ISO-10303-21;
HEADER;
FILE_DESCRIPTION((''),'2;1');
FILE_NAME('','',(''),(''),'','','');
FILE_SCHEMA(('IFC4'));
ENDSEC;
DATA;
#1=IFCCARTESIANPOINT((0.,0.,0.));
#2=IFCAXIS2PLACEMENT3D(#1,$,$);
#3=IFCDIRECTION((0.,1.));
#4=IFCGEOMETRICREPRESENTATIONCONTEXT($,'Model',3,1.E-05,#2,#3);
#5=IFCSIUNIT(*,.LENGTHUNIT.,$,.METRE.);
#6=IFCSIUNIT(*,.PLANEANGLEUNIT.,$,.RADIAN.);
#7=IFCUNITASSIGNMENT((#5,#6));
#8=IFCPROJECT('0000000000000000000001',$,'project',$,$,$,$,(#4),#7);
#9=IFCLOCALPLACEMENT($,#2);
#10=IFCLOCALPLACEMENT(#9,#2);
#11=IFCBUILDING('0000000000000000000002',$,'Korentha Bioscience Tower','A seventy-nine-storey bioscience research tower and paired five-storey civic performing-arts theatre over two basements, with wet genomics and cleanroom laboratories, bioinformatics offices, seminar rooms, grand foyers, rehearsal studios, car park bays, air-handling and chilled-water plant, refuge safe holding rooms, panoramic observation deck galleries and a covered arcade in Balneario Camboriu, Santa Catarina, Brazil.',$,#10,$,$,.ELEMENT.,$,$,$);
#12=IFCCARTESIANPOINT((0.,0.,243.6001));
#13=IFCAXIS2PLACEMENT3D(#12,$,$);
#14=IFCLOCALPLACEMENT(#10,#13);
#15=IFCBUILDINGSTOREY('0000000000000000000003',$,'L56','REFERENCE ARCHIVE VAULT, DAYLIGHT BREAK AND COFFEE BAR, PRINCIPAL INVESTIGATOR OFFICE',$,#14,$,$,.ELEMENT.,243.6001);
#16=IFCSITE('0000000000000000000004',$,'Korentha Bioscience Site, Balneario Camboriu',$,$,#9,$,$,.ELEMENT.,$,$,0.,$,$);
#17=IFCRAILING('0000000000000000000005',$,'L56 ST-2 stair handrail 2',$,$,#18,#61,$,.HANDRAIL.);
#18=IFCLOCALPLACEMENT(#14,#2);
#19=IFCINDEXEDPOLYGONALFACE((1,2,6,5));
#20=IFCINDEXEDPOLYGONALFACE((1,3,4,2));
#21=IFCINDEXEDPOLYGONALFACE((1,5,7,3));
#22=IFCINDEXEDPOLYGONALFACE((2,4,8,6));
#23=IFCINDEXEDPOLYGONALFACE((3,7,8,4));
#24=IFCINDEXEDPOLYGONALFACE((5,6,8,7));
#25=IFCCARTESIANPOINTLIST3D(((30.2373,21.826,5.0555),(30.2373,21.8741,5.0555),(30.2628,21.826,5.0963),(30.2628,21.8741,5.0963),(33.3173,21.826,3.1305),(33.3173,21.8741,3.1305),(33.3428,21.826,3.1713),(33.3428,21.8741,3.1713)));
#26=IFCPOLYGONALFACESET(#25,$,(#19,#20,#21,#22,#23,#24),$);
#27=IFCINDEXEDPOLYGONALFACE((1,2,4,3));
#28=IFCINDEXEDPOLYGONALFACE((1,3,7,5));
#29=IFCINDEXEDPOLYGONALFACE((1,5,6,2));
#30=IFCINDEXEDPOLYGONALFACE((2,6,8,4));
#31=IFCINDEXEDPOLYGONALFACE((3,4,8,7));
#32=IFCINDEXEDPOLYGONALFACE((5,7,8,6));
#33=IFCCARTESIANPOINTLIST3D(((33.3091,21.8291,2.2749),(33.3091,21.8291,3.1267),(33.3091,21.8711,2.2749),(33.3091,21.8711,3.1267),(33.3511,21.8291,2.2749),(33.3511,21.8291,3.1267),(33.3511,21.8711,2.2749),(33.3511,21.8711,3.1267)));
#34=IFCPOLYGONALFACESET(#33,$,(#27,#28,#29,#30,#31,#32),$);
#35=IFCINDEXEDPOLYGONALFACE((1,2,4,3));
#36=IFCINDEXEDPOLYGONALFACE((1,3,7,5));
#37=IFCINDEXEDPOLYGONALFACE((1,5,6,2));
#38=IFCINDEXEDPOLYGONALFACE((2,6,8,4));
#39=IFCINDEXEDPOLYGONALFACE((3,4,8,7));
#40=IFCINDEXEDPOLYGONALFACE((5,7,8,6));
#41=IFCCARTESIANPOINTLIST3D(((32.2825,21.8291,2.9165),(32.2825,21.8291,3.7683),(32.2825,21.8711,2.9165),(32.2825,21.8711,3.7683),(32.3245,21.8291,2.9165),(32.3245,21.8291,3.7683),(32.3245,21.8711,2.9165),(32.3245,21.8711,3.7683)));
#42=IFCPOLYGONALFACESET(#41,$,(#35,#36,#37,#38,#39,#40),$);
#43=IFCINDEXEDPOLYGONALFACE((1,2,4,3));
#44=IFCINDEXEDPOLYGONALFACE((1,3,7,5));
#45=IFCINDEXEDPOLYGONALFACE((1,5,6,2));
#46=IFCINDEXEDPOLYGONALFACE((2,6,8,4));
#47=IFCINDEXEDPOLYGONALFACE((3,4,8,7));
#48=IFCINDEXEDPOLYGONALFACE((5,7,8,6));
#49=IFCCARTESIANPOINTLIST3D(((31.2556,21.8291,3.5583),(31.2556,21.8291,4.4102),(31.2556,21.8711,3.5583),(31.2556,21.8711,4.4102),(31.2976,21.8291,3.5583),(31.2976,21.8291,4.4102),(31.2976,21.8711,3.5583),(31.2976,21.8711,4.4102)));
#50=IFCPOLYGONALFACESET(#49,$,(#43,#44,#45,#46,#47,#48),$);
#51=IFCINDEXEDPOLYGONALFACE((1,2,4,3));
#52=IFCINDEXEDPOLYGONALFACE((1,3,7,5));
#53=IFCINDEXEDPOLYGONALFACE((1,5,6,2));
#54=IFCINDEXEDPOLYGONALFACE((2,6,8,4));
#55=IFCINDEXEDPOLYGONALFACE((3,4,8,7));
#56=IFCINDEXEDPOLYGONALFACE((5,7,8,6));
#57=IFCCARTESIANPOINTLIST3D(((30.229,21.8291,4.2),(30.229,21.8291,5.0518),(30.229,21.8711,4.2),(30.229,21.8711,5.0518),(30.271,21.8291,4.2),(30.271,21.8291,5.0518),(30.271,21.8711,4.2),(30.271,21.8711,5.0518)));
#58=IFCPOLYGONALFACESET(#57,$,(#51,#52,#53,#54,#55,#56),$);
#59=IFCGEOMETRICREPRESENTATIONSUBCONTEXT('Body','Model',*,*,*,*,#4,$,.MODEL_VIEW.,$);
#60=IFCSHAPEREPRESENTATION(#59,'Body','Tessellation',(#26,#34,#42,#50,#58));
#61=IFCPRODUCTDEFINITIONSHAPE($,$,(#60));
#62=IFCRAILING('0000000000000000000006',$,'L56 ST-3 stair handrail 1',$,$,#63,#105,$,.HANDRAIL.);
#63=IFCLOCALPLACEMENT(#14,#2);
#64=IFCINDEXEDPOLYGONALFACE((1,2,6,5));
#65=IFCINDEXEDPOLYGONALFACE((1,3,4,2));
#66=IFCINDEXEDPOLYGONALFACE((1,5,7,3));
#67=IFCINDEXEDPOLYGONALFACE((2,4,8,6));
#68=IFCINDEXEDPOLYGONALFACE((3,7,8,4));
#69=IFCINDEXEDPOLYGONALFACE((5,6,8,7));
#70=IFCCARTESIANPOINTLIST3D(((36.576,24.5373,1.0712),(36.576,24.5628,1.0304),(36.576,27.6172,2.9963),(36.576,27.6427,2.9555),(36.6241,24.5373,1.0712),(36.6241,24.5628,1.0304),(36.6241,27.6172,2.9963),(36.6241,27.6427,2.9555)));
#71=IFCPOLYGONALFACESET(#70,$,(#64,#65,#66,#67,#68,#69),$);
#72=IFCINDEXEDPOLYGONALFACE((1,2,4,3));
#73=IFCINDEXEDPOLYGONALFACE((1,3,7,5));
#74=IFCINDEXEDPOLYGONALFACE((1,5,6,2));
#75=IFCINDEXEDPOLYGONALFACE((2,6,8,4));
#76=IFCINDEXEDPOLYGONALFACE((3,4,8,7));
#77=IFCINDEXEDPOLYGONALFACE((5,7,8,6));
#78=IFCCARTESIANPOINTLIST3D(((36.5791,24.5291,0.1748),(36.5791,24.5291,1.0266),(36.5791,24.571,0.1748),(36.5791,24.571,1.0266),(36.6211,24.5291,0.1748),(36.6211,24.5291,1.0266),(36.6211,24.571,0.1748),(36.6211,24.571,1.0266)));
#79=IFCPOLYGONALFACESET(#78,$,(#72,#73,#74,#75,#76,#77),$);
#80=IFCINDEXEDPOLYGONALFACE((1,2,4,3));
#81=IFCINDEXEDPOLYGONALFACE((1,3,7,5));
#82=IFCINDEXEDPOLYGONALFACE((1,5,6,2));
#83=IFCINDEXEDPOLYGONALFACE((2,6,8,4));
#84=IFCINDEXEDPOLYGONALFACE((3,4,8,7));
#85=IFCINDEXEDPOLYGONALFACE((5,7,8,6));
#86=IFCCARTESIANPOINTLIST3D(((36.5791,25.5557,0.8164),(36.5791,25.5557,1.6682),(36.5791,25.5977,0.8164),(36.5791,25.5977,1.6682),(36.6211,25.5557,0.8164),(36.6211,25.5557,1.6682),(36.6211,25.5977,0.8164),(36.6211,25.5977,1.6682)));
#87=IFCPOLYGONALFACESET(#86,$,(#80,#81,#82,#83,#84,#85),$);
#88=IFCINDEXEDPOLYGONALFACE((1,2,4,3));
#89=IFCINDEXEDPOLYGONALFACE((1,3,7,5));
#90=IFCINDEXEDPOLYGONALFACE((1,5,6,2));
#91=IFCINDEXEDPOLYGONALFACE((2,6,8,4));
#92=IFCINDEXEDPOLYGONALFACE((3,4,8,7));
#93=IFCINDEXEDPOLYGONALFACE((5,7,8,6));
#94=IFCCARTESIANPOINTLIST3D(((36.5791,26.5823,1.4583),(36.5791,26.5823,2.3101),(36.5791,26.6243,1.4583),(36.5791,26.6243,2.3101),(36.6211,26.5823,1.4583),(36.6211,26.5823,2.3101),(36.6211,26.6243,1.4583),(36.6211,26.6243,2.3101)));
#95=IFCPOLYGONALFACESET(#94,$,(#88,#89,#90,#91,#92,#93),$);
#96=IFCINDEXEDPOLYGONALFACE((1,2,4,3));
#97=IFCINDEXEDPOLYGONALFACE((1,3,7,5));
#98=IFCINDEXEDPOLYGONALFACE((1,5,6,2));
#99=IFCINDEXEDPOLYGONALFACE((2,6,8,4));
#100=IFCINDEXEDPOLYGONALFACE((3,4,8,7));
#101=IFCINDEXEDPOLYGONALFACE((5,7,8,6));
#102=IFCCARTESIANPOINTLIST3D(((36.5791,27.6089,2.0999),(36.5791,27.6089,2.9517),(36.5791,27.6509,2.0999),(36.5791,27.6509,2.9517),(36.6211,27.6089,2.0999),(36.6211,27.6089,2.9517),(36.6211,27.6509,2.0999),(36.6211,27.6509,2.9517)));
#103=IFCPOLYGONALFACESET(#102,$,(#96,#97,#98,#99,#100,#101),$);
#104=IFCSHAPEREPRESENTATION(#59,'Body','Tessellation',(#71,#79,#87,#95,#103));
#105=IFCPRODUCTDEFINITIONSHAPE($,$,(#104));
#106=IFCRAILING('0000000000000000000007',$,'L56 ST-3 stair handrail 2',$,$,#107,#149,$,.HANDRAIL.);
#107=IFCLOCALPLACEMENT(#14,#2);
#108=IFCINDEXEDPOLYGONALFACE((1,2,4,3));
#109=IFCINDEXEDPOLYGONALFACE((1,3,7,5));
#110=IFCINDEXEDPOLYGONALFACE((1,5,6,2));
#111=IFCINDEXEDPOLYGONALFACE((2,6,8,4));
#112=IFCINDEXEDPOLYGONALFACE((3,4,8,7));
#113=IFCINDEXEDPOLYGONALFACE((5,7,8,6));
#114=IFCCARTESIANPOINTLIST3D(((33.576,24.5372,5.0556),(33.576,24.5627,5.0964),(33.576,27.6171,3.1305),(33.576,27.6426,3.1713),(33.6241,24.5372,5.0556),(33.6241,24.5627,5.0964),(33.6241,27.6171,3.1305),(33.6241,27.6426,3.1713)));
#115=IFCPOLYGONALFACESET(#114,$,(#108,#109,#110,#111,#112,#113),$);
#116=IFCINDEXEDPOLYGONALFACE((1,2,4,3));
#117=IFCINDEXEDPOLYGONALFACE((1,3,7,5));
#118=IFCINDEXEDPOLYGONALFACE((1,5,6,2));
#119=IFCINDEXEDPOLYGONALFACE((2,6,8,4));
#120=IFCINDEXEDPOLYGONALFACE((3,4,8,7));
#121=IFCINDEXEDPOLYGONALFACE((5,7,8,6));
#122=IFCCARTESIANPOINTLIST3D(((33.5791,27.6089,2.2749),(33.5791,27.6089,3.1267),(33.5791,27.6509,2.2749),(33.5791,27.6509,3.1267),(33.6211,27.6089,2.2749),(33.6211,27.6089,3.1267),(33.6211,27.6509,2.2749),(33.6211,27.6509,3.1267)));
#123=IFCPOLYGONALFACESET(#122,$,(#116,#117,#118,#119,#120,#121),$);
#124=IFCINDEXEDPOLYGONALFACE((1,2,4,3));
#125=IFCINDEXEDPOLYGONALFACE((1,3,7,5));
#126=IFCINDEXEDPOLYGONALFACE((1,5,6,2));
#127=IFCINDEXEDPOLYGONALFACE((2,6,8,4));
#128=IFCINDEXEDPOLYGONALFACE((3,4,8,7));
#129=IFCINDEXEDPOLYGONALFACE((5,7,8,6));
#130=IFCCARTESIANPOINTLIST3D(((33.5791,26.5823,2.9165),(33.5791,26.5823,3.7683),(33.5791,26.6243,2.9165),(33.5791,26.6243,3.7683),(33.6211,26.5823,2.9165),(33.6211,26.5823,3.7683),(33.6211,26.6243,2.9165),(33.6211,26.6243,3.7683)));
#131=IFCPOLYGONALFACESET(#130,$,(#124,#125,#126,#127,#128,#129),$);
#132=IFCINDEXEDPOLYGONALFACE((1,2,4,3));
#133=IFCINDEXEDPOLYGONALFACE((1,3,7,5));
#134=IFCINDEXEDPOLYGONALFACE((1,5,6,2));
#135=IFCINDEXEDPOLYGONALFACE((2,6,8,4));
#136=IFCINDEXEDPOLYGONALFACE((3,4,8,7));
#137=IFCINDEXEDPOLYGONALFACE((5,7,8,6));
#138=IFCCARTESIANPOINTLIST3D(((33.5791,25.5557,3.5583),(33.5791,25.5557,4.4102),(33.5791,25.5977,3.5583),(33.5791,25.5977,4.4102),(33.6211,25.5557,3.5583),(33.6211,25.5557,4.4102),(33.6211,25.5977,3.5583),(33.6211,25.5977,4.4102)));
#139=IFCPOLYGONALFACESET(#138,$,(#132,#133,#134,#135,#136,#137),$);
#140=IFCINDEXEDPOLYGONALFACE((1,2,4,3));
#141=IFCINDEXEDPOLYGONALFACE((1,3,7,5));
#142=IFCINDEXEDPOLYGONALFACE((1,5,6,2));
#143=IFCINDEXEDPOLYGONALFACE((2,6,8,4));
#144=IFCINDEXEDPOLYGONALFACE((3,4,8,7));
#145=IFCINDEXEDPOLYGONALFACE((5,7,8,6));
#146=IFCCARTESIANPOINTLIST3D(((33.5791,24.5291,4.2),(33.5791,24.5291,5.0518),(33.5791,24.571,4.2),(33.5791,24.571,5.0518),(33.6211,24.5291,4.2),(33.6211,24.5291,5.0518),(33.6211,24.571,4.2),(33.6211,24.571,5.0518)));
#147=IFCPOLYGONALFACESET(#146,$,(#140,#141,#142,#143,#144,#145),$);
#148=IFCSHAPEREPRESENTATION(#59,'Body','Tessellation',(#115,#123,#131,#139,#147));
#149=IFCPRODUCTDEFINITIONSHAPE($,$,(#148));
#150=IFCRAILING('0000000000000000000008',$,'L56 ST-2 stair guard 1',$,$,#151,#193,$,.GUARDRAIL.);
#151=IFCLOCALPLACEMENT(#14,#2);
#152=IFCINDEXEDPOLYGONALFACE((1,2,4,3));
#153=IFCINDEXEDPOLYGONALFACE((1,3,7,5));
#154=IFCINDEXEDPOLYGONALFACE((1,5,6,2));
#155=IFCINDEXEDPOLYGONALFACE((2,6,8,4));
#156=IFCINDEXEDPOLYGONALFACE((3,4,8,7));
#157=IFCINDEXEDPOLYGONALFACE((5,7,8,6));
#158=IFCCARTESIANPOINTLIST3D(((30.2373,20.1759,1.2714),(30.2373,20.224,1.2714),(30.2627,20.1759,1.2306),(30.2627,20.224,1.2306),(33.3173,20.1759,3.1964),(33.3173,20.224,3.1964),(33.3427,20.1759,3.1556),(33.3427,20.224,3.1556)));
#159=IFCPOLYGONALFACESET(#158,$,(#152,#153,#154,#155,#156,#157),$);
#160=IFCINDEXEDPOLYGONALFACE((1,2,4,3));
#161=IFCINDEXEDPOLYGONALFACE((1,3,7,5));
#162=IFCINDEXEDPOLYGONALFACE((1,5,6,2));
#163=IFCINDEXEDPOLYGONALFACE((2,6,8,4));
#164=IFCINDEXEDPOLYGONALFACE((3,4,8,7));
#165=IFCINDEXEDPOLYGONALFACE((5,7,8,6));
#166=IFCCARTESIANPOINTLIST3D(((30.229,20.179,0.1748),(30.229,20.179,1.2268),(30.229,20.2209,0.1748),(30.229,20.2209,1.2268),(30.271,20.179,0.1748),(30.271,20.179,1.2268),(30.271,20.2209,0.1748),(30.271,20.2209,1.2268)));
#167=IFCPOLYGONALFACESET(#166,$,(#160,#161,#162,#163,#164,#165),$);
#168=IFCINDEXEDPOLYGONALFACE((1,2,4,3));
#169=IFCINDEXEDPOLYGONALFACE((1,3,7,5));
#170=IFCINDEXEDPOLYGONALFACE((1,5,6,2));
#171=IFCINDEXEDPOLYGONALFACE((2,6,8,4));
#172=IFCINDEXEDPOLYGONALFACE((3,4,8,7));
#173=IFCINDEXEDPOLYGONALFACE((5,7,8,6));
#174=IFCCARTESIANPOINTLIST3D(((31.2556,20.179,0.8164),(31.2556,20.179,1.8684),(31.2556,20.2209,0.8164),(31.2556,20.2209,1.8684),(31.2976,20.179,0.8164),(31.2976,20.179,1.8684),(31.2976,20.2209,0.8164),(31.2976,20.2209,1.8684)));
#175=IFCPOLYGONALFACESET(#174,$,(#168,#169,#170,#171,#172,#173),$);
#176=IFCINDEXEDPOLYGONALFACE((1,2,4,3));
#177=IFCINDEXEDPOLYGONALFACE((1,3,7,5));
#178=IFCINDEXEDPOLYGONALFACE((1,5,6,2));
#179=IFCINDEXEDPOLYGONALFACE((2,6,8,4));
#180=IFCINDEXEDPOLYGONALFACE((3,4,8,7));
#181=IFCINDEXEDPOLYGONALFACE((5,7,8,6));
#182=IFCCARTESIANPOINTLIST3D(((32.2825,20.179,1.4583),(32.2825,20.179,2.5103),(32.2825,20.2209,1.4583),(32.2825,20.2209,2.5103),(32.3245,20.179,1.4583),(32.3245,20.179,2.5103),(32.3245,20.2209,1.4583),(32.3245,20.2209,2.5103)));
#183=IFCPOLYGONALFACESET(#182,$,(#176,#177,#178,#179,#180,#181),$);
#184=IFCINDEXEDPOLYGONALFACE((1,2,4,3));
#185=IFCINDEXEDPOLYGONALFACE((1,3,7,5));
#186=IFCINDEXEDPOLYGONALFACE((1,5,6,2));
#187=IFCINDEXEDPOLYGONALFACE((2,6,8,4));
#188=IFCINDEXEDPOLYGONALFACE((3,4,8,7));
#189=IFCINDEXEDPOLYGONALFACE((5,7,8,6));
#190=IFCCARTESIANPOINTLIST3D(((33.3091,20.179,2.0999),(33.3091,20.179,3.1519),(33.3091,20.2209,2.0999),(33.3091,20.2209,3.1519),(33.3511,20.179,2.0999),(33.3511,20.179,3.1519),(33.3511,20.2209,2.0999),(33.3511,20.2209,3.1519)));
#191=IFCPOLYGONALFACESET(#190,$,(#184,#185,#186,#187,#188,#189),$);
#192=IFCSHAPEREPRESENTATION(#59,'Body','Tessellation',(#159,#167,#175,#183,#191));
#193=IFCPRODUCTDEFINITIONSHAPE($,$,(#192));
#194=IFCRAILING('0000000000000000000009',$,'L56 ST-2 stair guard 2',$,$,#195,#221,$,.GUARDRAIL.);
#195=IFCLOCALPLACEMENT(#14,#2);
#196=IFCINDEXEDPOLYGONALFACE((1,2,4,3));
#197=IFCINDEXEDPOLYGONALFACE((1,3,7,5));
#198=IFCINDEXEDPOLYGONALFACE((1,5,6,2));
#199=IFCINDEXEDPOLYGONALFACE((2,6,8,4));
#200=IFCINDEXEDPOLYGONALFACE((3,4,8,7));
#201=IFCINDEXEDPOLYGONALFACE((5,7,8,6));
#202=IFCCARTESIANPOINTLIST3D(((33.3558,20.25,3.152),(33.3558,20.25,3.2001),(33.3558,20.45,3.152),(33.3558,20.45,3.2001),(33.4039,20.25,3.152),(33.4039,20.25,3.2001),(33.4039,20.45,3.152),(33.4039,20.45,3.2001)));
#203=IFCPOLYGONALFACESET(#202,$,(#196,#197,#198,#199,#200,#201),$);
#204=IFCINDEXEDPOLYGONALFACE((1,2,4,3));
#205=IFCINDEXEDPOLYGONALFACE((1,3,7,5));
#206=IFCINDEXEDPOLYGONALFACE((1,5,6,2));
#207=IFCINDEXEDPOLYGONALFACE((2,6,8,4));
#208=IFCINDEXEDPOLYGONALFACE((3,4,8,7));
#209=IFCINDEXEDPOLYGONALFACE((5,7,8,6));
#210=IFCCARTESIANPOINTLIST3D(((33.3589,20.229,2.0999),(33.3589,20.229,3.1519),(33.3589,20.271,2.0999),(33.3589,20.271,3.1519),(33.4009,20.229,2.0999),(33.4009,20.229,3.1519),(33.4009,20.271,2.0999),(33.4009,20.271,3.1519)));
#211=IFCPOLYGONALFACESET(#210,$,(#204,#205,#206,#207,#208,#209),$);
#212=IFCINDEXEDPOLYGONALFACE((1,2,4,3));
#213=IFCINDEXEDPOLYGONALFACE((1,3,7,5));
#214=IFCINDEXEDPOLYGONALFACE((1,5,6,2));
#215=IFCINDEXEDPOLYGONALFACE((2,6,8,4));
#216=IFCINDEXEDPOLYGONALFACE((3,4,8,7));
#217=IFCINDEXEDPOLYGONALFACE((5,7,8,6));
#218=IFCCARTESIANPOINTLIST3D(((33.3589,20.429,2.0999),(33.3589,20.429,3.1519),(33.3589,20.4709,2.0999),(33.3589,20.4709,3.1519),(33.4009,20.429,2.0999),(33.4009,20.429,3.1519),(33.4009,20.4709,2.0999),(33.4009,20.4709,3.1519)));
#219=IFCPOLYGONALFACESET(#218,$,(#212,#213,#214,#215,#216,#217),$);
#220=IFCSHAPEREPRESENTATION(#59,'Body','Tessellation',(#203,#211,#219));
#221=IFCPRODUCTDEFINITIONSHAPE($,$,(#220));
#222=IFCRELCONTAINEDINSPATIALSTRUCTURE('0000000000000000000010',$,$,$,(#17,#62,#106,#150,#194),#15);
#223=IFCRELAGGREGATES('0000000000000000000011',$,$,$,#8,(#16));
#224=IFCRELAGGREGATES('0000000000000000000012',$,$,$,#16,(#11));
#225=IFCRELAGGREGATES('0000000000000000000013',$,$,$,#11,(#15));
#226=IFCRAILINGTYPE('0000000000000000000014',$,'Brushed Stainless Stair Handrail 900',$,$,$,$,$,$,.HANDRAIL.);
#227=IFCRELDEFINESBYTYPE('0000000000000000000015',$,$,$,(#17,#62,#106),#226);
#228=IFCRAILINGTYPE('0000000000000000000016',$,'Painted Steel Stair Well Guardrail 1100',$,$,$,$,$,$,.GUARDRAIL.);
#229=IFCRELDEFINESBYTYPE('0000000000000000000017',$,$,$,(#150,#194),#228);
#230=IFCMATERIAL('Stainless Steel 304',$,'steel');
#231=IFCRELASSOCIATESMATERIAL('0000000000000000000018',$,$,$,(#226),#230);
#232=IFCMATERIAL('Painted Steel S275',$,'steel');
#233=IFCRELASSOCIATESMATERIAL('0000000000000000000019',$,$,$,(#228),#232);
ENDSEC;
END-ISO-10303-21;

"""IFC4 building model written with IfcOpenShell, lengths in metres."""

from ifc_helpers import new_model, si_unit, direction, frame, origin, origin_2d, place, context, subcontext, project, spatial, rectangle, extrude, material, type_object, element, save


model = new_model("IFC4")

# Units and contexts
model_context = context("Model", 3, precision=1e-05, world=origin(), true_north=direction((0.0, 1.0)))
body_context = subcontext(model_context, "Body", "Model", "MODEL_VIEW")
ifc_project = project(units=[si_unit("LENGTHUNIT", "METRE"), si_unit("PLANEANGLEUNIT", "RADIAN")], contexts=[model_context])

# Site, building, storey
site_placement = place(None, origin())
site = spatial("IfcSite", under=ifc_project, at=site_placement, Name="Korentha Bioscience Site, Balneario Camboriu", CompositionType="ELEMENT", RefElevation=0.0)
building_placement = place(site_placement, origin())
building = spatial("IfcBuilding", under=site, at=building_placement, Name="Korentha Bioscience Tower", Description="A seventy-nine-storey bioscience research tower and paired five-storey civic performing-arts theatre over two basements, with wet genomics and cleanroom laboratories, bioinformatics offices, seminar rooms, grand foyers, rehearsal studios, car park bays, air-handling and chilled-water plant, refuge safe holding rooms, panoramic observation deck galleries and a covered arcade in Balneario Camboriu, Santa Catarina, Brazil.", CompositionType="ELEMENT")
storey_placement = place(building_placement, frame((0.0, 0.0, 243.6001)))
storey = spatial("IfcBuildingStorey", under=building, at=storey_placement, Name="L56", Description="REFERENCE ARCHIVE VAULT, DAYLIGHT BREAK AND COFFEE BAR, PRINCIPAL INVESTIGATOR OFFICE", CompositionType="ELEMENT", Elevation=243.6001)

# Railings
ifc_material_1 = material(Name="Stainless Steel 304", Category="steel")
railing_type_1 = type_object("IfcRailingType", Name="Brushed Stainless Stair Handrail 900", PredefinedType="HANDRAIL", material=ifc_material_1)
railing_1_placement = place(storey_placement, frame((33.3301, 21.8501, 2.2749)))
element("IfcRailing", 1, at=railing_1_placement, inside=storey, type_object=railing_type_1, Name="L56 ST-2 stair handrail 2", PredefinedType="HANDRAIL", context=body_context, shape_type="SweptSolid", body=[
    extrude(rectangle(XDim=0.0481, YDim=0.0481, at=origin_2d()), frame((0.0, 0.0, 0.876), z_axis=(-0.847998, 0.0, 0.529999), x_axis=(0.0, -1.0, 0.0)), (0.0, 0.0, 1.0), 3.6321),
    extrude(rectangle(XDim=0.042, YDim=0.042, at=origin_2d()), origin(), (0.0, 0.0, 1.0), 0.8518),
    extrude(rectangle(XDim=0.042, YDim=0.042, at=origin_2d()), frame((-1.0266, 0.0, 0.6416)), (0.0, 0.0, 1.0), 0.8518),
    extrude(rectangle(XDim=0.042, YDim=0.042, at=origin_2d()), frame((-2.0535, 0.0, 1.2834)), (0.0, 0.0, 1.0), 0.8518),
    extrude(rectangle(XDim=0.042, YDim=0.042, at=origin_2d()), frame((-3.0801, 0.0, 1.925)), (0.0, 0.0, 1.0), 0.8518),
])
railing_2_placement = place(storey_placement, frame((36.6001, 24.55, 0.1748)))
element("IfcRailing", 2, at=railing_2_placement, inside=storey, type_object=railing_type_1, Name="L56 ST-3 stair handrail 1", PredefinedType="HANDRAIL", context=body_context, shape_type="SweptSolid", body=[
    extrude(rectangle(XDim=0.0481, YDim=0.0481, at=origin_2d()), frame((0.0, 0.0, 0.876), z_axis=(0.0, 0.847979, 0.530029), x_axis=(-1.0, 0.0, 0.0)), (0.0, 0.0, 1.0), 3.6321),
    extrude(rectangle(XDim=0.042, YDim=0.042, at=origin_2d()), origin(), (0.0, 0.0, 1.0), 0.8518),
    extrude(rectangle(XDim=0.042, YDim=0.042, at=origin_2d()), frame((0.0, 1.0266, 0.6416)), (0.0, 0.0, 1.0), 0.8518),
    extrude(rectangle(XDim=0.042, YDim=0.042, at=origin_2d()), frame((0.0, 2.0532, 1.2834)), (0.0, 0.0, 1.0), 0.8518),
    extrude(rectangle(XDim=0.042, YDim=0.042, at=origin_2d()), frame((0.0, 3.0798, 1.925)), (0.0, 0.0, 1.0), 0.8518),
])
railing_3_placement = place(storey_placement, frame((33.6001, 27.6299, 2.2749)))
element("IfcRailing", 3, at=railing_3_placement, inside=storey, type_object=railing_type_1, Name="L56 ST-3 stair handrail 2", PredefinedType="HANDRAIL", context=body_context, shape_type="SweptSolid", body=[
    extrude(rectangle(XDim=0.0481, YDim=0.0481, at=origin_2d()), frame((0.0, 0.0, 0.876), z_axis=(0.0, -0.847979, 0.530029), x_axis=(1.0, 0.0, 0.0)), (0.0, 0.0, 1.0), 3.6321),
    extrude(rectangle(XDim=0.042, YDim=0.042, at=origin_2d()), origin(), (0.0, 0.0, 1.0), 0.8518),
    extrude(rectangle(XDim=0.042, YDim=0.042, at=origin_2d()), frame((0.0, -1.0266, 0.6416)), (0.0, 0.0, 1.0), 0.8518),
    extrude(rectangle(XDim=0.042, YDim=0.042, at=origin_2d()), frame((0.0, -2.0532, 1.2834)), (0.0, 0.0, 1.0), 0.8518),
    extrude(rectangle(XDim=0.042, YDim=0.042, at=origin_2d()), frame((0.0, -3.0798, 1.925)), (0.0, 0.0, 1.0), 0.8518),
])
ifc_material_2 = material(Name="Painted Steel S275", Category="steel")
railing_type_2 = type_object("IfcRailingType", Name="Painted Steel Stair Well Guardrail 1100", PredefinedType="GUARDRAIL", material=ifc_material_2)
railing_4_placement = place(storey_placement, frame((30.25, 20.2, 0.1748)))
element("IfcRailing", 4, at=railing_4_placement, inside=storey, type_object=railing_type_2, Name="L56 ST-2 stair guard 1", PredefinedType="GUARDRAIL", context=body_context, shape_type="SweptSolid", body=[
    extrude(rectangle(XDim=0.0481, YDim=0.0481, at=origin_2d()), frame((0.0, 0.0, 1.0762), z_axis=(0.847998, 0.0, 0.529999), x_axis=(0.0, 1.0, 0.0)), (0.0, 0.0, 1.0), 3.6321),
    extrude(rectangle(XDim=0.042, YDim=0.042, at=origin_2d()), origin(), (0.0, 0.0, 1.0), 1.052),
    extrude(rectangle(XDim=0.042, YDim=0.042, at=origin_2d()), frame((1.0266, 0.0, 0.6416)), (0.0, 0.0, 1.0), 1.052),
    extrude(rectangle(XDim=0.042, YDim=0.042, at=origin_2d()), frame((2.0535, 0.0, 1.2834)), (0.0, 0.0, 1.0), 1.052),
    extrude(rectangle(XDim=0.042, YDim=0.042, at=origin_2d()), frame((3.0801, 0.0, 1.925)), (0.0, 0.0, 1.0), 1.052),
])
railing_5_placement = place(storey_placement, frame((33.3799, 20.25, 2.0999)))
element("IfcRailing", 5, at=railing_5_placement, inside=storey, type_object=railing_type_2, Name="L56 ST-2 stair guard 2", PredefinedType="GUARDRAIL", context=body_context, shape_type="SweptSolid", body=[
    extrude(rectangle(XDim=0.0481, YDim=0.0481, at=origin_2d()), frame((0.0, 0.0, 1.0762), z_axis=(0.0, 1.0, 0.0), x_axis=(-1.0, 0.0, 0.0)), (0.0, 0.0, 1.0), 0.2),
    extrude(rectangle(XDim=0.042, YDim=0.042, at=origin_2d()), origin(), (0.0, 0.0, 1.0), 1.052),
    extrude(rectangle(XDim=0.042, YDim=0.042, at=origin_2d()), frame((0.0, 0.2, 0.0)), (0.0, 0.0, 1.0), 1.052),
])

save(model, "model.ifc")
